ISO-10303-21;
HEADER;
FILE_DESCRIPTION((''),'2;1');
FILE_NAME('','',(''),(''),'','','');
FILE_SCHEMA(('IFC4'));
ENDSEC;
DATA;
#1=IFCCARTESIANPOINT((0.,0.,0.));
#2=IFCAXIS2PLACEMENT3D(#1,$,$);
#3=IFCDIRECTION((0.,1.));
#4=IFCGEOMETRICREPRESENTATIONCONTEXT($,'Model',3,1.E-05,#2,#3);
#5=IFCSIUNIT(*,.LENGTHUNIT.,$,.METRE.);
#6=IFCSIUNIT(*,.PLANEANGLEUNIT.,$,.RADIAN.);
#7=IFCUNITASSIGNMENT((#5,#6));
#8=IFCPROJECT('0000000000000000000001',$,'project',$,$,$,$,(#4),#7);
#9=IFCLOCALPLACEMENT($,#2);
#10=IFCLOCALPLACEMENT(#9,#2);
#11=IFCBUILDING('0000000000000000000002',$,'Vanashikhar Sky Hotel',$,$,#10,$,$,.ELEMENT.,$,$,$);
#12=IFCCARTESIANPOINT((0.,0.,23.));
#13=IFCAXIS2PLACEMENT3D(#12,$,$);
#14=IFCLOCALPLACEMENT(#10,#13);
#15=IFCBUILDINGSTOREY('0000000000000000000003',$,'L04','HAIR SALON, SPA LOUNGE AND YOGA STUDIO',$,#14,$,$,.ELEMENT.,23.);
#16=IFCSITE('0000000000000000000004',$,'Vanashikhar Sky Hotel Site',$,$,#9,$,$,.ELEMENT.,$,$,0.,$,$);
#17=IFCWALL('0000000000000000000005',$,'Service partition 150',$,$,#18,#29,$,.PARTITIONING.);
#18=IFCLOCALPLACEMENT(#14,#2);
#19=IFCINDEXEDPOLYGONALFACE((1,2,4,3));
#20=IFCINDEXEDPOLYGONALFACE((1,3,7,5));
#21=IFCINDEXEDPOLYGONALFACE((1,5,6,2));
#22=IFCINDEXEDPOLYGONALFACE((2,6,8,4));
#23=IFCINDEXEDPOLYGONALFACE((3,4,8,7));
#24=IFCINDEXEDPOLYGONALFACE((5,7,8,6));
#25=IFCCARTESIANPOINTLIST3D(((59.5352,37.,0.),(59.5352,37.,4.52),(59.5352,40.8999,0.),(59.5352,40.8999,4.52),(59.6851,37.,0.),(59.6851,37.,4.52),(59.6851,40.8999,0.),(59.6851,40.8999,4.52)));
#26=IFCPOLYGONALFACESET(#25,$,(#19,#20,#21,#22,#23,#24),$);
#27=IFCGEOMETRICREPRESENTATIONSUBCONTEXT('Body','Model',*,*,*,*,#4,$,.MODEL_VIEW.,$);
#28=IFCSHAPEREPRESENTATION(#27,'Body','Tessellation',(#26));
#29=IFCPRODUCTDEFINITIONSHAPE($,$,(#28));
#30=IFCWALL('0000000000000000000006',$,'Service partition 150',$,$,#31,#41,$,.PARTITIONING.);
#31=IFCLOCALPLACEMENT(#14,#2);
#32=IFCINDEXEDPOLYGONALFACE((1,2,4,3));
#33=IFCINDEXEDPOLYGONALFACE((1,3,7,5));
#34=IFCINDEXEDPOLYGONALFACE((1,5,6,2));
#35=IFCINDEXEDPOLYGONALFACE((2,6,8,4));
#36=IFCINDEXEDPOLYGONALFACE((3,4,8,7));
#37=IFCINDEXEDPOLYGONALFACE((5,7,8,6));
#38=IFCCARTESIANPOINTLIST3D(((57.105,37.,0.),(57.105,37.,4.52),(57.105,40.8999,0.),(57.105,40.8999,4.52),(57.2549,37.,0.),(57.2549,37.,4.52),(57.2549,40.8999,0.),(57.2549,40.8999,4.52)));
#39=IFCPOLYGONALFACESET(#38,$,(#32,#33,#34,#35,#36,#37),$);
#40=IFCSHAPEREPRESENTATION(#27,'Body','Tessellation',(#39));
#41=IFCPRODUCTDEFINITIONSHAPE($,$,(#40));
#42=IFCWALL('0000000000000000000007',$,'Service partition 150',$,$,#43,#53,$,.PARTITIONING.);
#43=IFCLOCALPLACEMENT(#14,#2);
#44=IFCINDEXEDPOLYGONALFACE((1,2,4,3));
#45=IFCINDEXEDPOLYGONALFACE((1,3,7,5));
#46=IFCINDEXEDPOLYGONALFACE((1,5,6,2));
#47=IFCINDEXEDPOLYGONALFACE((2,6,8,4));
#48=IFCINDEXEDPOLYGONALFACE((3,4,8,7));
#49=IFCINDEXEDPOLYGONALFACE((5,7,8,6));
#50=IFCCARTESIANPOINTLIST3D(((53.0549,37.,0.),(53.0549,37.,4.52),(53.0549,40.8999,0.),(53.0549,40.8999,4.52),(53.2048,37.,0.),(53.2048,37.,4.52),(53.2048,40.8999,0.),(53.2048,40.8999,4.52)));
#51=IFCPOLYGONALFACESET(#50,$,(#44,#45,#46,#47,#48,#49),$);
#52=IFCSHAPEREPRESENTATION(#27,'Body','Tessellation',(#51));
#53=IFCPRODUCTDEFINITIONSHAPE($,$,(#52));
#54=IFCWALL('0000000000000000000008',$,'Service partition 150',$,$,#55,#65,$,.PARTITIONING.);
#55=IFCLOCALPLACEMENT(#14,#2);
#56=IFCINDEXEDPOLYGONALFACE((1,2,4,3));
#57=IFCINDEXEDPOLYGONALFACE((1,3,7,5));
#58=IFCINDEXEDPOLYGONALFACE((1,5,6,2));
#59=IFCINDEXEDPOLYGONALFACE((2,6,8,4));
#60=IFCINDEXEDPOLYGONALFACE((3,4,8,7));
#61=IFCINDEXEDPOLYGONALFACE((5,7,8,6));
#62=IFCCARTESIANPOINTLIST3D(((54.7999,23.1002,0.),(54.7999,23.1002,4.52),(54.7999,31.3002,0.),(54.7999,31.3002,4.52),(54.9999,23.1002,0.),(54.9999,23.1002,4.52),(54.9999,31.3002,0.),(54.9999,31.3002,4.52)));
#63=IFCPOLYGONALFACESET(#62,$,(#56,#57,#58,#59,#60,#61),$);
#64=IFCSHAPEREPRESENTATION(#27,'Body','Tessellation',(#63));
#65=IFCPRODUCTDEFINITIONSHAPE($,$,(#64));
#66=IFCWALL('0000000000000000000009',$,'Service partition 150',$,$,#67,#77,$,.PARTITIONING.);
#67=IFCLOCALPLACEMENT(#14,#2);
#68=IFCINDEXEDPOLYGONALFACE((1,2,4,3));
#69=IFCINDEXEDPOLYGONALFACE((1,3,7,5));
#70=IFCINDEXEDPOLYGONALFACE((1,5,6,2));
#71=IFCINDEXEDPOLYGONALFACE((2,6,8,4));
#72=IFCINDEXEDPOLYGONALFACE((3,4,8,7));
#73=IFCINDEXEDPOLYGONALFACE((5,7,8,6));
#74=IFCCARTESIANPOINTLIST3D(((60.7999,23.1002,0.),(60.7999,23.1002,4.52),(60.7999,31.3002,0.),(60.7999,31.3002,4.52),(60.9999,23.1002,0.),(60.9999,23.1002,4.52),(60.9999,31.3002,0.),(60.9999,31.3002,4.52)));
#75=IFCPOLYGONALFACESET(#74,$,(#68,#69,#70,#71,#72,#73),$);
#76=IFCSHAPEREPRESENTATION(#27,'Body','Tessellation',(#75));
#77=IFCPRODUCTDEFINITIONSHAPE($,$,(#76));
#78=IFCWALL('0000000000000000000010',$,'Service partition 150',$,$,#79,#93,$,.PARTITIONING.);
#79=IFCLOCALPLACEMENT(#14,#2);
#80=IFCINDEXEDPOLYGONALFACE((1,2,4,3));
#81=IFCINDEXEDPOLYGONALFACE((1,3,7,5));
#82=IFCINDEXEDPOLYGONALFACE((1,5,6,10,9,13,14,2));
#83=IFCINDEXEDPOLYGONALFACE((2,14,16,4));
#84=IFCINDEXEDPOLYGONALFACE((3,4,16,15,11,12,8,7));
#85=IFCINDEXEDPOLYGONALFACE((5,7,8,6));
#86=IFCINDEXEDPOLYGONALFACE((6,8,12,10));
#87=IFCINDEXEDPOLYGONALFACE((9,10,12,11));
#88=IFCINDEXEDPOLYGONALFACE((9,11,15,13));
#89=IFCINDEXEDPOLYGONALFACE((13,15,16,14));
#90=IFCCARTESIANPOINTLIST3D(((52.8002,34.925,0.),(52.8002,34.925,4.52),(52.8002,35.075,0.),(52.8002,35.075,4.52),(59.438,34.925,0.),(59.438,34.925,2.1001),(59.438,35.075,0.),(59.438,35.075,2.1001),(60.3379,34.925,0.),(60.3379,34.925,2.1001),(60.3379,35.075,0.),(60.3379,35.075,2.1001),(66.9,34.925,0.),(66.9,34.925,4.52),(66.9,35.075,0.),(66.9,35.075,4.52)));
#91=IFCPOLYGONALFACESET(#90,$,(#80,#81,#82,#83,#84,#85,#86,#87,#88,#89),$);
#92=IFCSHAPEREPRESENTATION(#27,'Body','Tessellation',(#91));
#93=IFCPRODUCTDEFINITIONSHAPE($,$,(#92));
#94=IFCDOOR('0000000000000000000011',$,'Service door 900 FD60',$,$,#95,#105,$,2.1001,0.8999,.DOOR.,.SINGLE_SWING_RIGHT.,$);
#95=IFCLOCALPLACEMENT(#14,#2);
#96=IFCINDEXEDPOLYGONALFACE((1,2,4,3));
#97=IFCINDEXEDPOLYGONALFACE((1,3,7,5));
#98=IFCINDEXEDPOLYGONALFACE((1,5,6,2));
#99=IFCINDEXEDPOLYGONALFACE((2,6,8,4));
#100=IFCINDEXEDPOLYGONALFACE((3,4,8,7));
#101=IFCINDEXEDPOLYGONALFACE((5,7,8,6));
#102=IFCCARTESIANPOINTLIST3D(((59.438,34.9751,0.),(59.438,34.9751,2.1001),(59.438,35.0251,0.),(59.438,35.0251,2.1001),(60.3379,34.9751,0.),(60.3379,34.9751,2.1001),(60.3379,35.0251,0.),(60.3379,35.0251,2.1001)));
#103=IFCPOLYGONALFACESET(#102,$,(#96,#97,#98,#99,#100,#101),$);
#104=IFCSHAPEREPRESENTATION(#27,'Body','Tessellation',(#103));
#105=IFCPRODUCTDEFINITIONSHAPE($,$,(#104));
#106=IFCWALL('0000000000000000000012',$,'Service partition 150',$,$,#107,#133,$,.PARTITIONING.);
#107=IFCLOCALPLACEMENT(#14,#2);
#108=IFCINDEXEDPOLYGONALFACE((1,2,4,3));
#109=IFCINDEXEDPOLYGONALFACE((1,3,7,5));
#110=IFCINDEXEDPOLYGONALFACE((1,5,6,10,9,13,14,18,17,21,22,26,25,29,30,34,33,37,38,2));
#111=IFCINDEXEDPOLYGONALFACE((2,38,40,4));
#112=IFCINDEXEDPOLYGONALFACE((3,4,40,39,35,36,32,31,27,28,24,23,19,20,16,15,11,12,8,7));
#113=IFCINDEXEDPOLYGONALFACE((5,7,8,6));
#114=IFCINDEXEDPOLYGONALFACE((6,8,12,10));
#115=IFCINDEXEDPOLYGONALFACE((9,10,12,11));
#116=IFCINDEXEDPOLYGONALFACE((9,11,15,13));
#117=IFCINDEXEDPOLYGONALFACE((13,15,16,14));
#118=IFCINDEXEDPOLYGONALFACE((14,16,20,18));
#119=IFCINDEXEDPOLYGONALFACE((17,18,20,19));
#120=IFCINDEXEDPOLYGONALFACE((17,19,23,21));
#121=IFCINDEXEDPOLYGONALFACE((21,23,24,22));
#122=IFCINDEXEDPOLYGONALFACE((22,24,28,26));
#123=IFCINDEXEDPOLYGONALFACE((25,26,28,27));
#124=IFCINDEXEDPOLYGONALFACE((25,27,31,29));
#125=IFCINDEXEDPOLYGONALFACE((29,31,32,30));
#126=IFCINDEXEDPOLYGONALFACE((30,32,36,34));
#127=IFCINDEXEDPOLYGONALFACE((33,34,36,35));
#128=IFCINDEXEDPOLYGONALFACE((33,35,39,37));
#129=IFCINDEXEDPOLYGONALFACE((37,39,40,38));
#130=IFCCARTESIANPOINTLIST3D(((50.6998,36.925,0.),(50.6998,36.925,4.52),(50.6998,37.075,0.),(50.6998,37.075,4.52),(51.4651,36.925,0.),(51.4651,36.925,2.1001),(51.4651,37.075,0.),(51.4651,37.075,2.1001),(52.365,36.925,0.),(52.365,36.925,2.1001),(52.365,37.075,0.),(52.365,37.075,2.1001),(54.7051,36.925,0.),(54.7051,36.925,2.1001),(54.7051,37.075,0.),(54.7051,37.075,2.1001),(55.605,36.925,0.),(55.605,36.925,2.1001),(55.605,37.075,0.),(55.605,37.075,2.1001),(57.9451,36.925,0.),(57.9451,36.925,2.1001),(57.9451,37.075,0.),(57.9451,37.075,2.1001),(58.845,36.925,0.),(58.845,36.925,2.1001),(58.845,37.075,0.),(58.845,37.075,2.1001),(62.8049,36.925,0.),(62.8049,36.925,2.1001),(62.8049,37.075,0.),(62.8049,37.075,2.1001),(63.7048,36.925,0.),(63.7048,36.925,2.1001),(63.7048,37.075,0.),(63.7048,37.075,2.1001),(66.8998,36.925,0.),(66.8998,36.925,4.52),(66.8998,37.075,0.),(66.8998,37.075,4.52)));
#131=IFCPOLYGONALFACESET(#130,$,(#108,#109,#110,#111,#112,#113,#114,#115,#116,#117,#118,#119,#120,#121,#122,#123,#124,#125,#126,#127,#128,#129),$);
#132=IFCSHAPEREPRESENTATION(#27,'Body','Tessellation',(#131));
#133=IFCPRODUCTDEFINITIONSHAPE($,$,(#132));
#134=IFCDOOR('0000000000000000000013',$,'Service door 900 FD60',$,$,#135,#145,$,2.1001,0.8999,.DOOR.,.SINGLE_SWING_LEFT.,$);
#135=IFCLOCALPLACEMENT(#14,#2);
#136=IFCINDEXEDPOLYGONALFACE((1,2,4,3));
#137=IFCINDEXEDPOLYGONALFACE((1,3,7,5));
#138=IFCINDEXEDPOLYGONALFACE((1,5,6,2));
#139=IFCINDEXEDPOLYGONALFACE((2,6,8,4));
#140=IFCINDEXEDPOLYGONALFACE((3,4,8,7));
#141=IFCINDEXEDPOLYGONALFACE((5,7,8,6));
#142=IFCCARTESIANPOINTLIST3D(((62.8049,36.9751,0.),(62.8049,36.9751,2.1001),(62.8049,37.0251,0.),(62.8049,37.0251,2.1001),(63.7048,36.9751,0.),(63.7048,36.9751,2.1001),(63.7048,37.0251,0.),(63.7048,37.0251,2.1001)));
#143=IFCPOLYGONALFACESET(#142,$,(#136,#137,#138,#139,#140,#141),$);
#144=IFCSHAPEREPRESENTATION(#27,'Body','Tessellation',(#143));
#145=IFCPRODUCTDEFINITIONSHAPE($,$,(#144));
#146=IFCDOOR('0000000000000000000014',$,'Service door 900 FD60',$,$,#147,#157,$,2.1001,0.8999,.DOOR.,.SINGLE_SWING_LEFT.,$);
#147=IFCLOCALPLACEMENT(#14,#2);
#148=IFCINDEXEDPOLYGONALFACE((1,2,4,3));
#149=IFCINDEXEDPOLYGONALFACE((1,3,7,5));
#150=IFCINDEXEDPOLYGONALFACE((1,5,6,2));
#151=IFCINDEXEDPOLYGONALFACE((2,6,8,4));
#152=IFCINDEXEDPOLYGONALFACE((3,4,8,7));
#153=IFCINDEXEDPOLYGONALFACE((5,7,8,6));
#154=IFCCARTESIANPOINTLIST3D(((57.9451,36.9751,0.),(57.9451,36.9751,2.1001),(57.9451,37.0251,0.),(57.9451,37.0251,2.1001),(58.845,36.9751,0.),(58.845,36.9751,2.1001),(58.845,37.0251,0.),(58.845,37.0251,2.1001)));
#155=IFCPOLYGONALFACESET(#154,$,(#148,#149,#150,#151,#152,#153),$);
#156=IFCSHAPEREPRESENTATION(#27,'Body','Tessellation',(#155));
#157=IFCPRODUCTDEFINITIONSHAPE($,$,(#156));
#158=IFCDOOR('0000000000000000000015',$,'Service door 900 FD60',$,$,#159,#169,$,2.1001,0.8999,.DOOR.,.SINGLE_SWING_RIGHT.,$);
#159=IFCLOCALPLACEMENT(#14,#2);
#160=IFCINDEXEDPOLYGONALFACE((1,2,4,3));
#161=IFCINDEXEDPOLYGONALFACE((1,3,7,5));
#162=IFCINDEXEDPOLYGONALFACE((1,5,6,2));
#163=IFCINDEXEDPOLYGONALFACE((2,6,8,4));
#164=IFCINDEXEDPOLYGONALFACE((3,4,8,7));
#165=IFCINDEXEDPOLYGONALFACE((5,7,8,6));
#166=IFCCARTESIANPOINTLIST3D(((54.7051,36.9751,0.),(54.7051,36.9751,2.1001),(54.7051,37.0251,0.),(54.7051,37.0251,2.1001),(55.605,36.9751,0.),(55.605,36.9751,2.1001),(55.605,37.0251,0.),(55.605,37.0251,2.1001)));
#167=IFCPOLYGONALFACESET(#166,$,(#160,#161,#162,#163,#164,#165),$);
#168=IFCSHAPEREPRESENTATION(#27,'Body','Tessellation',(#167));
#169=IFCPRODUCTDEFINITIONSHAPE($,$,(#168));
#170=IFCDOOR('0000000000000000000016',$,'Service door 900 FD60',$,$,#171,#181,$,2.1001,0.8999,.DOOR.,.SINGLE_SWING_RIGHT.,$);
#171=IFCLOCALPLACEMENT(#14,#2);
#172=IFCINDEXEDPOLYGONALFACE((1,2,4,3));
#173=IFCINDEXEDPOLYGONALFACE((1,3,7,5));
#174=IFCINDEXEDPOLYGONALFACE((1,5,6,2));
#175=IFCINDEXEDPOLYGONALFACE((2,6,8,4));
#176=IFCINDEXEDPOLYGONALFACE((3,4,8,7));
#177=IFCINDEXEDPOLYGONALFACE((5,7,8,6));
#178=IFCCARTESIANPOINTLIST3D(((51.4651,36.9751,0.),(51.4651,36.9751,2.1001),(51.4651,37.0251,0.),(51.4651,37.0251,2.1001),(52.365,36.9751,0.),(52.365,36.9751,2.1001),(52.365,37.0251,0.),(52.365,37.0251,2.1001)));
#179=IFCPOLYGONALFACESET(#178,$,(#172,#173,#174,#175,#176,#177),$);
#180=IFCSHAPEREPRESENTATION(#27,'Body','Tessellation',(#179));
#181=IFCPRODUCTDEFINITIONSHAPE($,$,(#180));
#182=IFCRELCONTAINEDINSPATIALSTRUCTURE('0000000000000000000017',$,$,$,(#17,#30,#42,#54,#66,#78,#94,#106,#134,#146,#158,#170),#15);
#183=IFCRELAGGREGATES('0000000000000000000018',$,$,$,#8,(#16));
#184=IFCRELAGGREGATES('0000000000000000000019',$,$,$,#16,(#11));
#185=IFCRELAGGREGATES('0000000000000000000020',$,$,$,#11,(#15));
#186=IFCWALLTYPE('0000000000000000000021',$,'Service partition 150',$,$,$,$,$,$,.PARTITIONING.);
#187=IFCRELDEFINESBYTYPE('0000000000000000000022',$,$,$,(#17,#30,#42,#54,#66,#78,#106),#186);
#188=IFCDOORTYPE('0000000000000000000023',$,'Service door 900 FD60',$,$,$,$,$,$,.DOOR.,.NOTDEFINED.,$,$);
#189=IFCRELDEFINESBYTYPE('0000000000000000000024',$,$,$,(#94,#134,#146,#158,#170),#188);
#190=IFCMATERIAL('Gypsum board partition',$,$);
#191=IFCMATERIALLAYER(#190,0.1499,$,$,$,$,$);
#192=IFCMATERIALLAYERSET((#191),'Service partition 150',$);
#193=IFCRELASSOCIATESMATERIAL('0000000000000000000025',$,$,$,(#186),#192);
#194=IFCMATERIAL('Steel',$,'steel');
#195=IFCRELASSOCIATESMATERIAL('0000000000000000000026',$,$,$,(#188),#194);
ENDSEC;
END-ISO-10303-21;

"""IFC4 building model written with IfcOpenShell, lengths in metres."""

from ifc_helpers import new_model, si_unit, direction, frame, frame_2d, origin, place, context, subcontext, project, spatial, rectangle, extrude, source, transform, mapped, material, layer, layer_set, type_object, element, fill, save


model = new_model("IFC4")

# Units and contexts
model_context = context("Model", 3, precision=1e-05, world=origin(), true_north=direction((0.0, 1.0)))
body_context = subcontext(model_context, "Body", "Model", "MODEL_VIEW")
ifc_project = project(units=[si_unit("LENGTHUNIT", "METRE"), si_unit("PLANEANGLEUNIT", "RADIAN")], contexts=[model_context])

# Site, building, storey
site_placement = place(None, origin())
site = spatial("IfcSite", under=ifc_project, at=site_placement, Name="Vanashikhar Sky Hotel Site", CompositionType="ELEMENT", RefElevation=0.0)
building_placement = place(site_placement, origin())
building = spatial("IfcBuilding", under=site, at=building_placement, Name="Vanashikhar Sky Hotel", CompositionType="ELEMENT")
storey_placement = place(building_placement, frame((0.0, 0.0, 23.0)))
storey = spatial("IfcBuildingStorey", under=building, at=storey_placement, Name="L04", Description="HAIR SALON, SPA LOUNGE AND YOGA STUDIO", CompositionType="ELEMENT", Elevation=23.0)

# Shared definitions
ifc_material_1 = material(Name="Steel", Category="steel")

# Walls
ifc_material_2 = material(Name="Gypsum board partition")
ifc_layer_1 = layer(ifc_material_2, 0.1499)
ifc_layer_set_1 = layer_set([ifc_layer_1], Name="Service partition 150")
wall_type_1 = type_object("IfcWallType", Name="Service partition 150", PredefinedType="PARTITIONING", material=ifc_layer_set_1)
shared_shape_1 = source(origin(), body_context, "Body", "SweptSolid", [
    extrude(rectangle(XDim=3.8999, YDim=0.1499, at=frame_2d((1.95, 0.0))), origin(), (0.0, 0.0, 1.0), 4.52),
])
for number, where, z_axis, x_axis, name in (
    (1, (59.6101, 37.0, 0.0), (0.0, 0.0, 1.0), (0.0, 1.0, 0.0), "Service partition 150"),
    (2, (57.1799, 37.0, 0.0), (0.0, 0.0, 1.0), (0.0, 1.0, 0.0), "Service partition 150"),
    (3, (53.1299, 37.0, 0.0), (0.0, 0.0, 1.0), (0.0, 1.0, 0.0), "Service partition 150"),
):
    element("IfcWall", number, at=place(storey_placement, frame(where, z_axis=z_axis, x_axis=x_axis)), inside=storey, type_object=wall_type_1, Name=name, PredefinedType="PARTITIONING", context=body_context, shape_type="MappedRepresentation", body=[
        mapped(shared_shape_1, transform((0.0, 0.0, 0.0), scale=1.0)),
    ])
shared_shape_2 = source(origin(), body_context, "Body", "SweptSolid", [
    extrude(rectangle(XDim=8.2, YDim=0.2, at=frame_2d((4.1001, 0.0))), origin(), (0.0, 0.0, 1.0), 4.52),
])
for number, where, z_axis, x_axis, name in (
    (4, (54.8999, 23.1001, 0.0), (0.0, 0.0, 1.0), (0.0, 1.0, 0.0), "Service partition 150"),
    (5, (60.8999, 23.1001, 0.0), (0.0, 0.0, 1.0), (0.0, 1.0, 0.0), "Service partition 150"),
):
    element("IfcWall", number, at=place(storey_placement, frame(where, z_axis=z_axis, x_axis=x_axis)), inside=storey, type_object=wall_type_1, Name=name, PredefinedType="PARTITIONING", context=body_context, shape_type="MappedRepresentation", body=[
        mapped(shared_shape_2, transform((0.0, 0.0, 0.0), scale=1.0)),
    ])

# Wall, opening, door
shared_shape_3 = source(origin(), body_context, "Body", "SweptSolid", [
    extrude(rectangle(XDim=14.0999, YDim=0.1499, at=frame_2d((7.0498, 0.0))), origin(), (0.0, 0.0, 1.0), 4.52),
])
wall_1_placement = place(storey_placement, frame((66.8999, 35.0, 0.0), z_axis=(0.0, 0.0, 1.0), x_axis=(-1.0, 0.0, 0.0)))
wall_1 = element("IfcWall", 6, at=wall_1_placement, inside=storey, type_object=wall_type_1, Name="Service partition 150", PredefinedType="PARTITIONING", context=body_context, shape_type="MappedRepresentation", body=[
    mapped(shared_shape_3, transform((0.0, 0.0, 0.0), scale=1.0)),
])
shared_shape_4 = source(origin(), body_context, "Body", "SweptSolid", [
    extrude(rectangle(XDim=0.8999, YDim=2.1001, at=frame_2d((0.45, 1.05))), frame((0.0, 0.085, 0.0), z_axis=(0.0, -1.0, 0.0), x_axis=(1.0, 0.0, 0.0)), (0.0, 0.0, 1.0), 0.1699),
])
opening_1_placement = place(wall_1_placement, frame((6.562, 0.0, 0.0)))
opening_1 = element("IfcOpeningElement", 7, at=opening_1_placement, cuts=wall_1, PredefinedType="OPENING", context=body_context, shape_type="MappedRepresentation", body=[
    mapped(shared_shape_4, transform((0.0, 0.0, 0.0), scale=1.0)),
])
door_type_1 = type_object("IfcDoorType", Name="Service door 900 FD60", OperationType="NOTDEFINED", PredefinedType="DOOR", material=ifc_material_1)
shared_shape_5 = source(origin(), body_context, "Body", "SweptSolid", [
    extrude(rectangle(XDim=0.8999, YDim=2.1001, at=frame_2d((0.45, 1.05))), frame((0.0, 0.0249, 0.0), z_axis=(0.0, -1.0, 0.0), x_axis=(1.0, 0.0, 0.0)), (0.0, 0.0, 1.0), 0.05),
])
door_1_placement = place(opening_1_placement, origin())
door_1 = element("IfcDoor", 8, at=door_1_placement, inside=storey, type_object=door_type_1, Name="Service door 900 FD60", OperationType="SINGLE_SWING_RIGHT", OverallHeight=2.1001, OverallWidth=0.8999, PredefinedType="DOOR", context=body_context, shape_type="MappedRepresentation", body=[
    mapped(shared_shape_5, transform((0.0, 0.0, 0.0), scale=1.0)),
])
fill(opening_1, door_1)

# Wall, openings, doors
shared_shape_6 = source(origin(), body_context, "Body", "SweptSolid", [
    extrude(rectangle(XDim=16.2, YDim=0.1499, at=frame_2d((8.1001, 0.0))), origin(), (0.0, 0.0, 1.0), 4.52),
])
wall_2_placement = place(storey_placement, frame((66.8999, 37.0, 0.0), z_axis=(0.0, 0.0, 1.0), x_axis=(-1.0, 0.0, 0.0)))
wall_2 = element("IfcWall", 9, at=wall_2_placement, inside=storey, type_object=wall_type_1, Name="Service partition 150", PredefinedType="PARTITIONING", context=body_context, shape_type="MappedRepresentation", body=[
    mapped(shared_shape_6, transform((0.0, 0.0, 0.0), scale=1.0)),
])
opening_2_placement = place(wall_2_placement, frame((3.1951, 0.0, 0.0)))
opening_2 = element("IfcOpeningElement", 10, at=opening_2_placement, cuts=wall_2, PredefinedType="OPENING", context=body_context, shape_type="MappedRepresentation", body=[
    mapped(shared_shape_4, transform((0.0, 0.0, 0.0), scale=1.0)),
])
opening_3_placement = place(wall_2_placement, frame((8.0549, 0.0, 0.0)))
opening_3 = element("IfcOpeningElement", 11, at=opening_3_placement, cuts=wall_2, PredefinedType="OPENING", context=body_context, shape_type="MappedRepresentation", body=[
    mapped(shared_shape_4, transform((0.0, 0.0, 0.0), scale=1.0)),
])
opening_4_placement = place(wall_2_placement, frame((11.2949, 0.0, 0.0)))
opening_4 = element("IfcOpeningElement", 12, at=opening_4_placement, cuts=wall_2, PredefinedType="OPENING", context=body_context, shape_type="MappedRepresentation", body=[
    mapped(shared_shape_4, transform((0.0, 0.0, 0.0), scale=1.0)),
])
opening_5_placement = place(wall_2_placement, frame((14.5349, 0.0, 0.0)))
opening_5 = element("IfcOpeningElement", 13, at=opening_5_placement, cuts=wall_2, PredefinedType="OPENING", context=body_context, shape_type="MappedRepresentation", body=[
    mapped(shared_shape_4, transform((0.0, 0.0, 0.0), scale=1.0)),
])
door_2_placement = place(opening_2_placement, origin())
door_2 = element("IfcDoor", 14, at=door_2_placement, inside=storey, type_object=door_type_1, Name="Service door 900 FD60", OperationType="SINGLE_SWING_LEFT", OverallHeight=2.1001, OverallWidth=0.8999, PredefinedType="DOOR", context=body_context, shape_type="MappedRepresentation", body=[
    mapped(shared_shape_5, transform((0.0, 0.0, 0.0), scale=1.0)),
])
fill(opening_2, door_2)
door_3_placement = place(opening_3_placement, origin())
door_3 = element("IfcDoor", 15, at=door_3_placement, inside=storey, type_object=door_type_1, Name="Service door 900 FD60", OperationType="SINGLE_SWING_LEFT", OverallHeight=2.1001, OverallWidth=0.8999, PredefinedType="DOOR", context=body_context, shape_type="MappedRepresentation", body=[
    mapped(shared_shape_5, transform((0.0, 0.0, 0.0), scale=1.0)),
])
fill(opening_3, door_3)
door_4_placement = place(opening_4_placement, origin())
door_4 = element("IfcDoor", 16, at=door_4_placement, inside=storey, type_object=door_type_1, Name="Service door 900 FD60", OperationType="SINGLE_SWING_RIGHT", OverallHeight=2.1001, OverallWidth=0.8999, PredefinedType="DOOR", context=body_context, shape_type="MappedRepresentation", body=[
    mapped(shared_shape_5, transform((0.0, 0.0, 0.0), scale=1.0)),
])
fill(opening_4, door_4)
door_5_placement = place(opening_5_placement, origin())
door_5 = element("IfcDoor", 17, at=door_5_placement, inside=storey, type_object=door_type_1, Name="Service door 900 FD60", OperationType="SINGLE_SWING_RIGHT", OverallHeight=2.1001, OverallWidth=0.8999, PredefinedType="DOOR", context=body_context, shape_type="MappedRepresentation", body=[
    mapped(shared_shape_5, transform((0.0, 0.0, 0.0), scale=1.0)),
])
fill(opening_5, door_5)

save(model, "model.ifc")
